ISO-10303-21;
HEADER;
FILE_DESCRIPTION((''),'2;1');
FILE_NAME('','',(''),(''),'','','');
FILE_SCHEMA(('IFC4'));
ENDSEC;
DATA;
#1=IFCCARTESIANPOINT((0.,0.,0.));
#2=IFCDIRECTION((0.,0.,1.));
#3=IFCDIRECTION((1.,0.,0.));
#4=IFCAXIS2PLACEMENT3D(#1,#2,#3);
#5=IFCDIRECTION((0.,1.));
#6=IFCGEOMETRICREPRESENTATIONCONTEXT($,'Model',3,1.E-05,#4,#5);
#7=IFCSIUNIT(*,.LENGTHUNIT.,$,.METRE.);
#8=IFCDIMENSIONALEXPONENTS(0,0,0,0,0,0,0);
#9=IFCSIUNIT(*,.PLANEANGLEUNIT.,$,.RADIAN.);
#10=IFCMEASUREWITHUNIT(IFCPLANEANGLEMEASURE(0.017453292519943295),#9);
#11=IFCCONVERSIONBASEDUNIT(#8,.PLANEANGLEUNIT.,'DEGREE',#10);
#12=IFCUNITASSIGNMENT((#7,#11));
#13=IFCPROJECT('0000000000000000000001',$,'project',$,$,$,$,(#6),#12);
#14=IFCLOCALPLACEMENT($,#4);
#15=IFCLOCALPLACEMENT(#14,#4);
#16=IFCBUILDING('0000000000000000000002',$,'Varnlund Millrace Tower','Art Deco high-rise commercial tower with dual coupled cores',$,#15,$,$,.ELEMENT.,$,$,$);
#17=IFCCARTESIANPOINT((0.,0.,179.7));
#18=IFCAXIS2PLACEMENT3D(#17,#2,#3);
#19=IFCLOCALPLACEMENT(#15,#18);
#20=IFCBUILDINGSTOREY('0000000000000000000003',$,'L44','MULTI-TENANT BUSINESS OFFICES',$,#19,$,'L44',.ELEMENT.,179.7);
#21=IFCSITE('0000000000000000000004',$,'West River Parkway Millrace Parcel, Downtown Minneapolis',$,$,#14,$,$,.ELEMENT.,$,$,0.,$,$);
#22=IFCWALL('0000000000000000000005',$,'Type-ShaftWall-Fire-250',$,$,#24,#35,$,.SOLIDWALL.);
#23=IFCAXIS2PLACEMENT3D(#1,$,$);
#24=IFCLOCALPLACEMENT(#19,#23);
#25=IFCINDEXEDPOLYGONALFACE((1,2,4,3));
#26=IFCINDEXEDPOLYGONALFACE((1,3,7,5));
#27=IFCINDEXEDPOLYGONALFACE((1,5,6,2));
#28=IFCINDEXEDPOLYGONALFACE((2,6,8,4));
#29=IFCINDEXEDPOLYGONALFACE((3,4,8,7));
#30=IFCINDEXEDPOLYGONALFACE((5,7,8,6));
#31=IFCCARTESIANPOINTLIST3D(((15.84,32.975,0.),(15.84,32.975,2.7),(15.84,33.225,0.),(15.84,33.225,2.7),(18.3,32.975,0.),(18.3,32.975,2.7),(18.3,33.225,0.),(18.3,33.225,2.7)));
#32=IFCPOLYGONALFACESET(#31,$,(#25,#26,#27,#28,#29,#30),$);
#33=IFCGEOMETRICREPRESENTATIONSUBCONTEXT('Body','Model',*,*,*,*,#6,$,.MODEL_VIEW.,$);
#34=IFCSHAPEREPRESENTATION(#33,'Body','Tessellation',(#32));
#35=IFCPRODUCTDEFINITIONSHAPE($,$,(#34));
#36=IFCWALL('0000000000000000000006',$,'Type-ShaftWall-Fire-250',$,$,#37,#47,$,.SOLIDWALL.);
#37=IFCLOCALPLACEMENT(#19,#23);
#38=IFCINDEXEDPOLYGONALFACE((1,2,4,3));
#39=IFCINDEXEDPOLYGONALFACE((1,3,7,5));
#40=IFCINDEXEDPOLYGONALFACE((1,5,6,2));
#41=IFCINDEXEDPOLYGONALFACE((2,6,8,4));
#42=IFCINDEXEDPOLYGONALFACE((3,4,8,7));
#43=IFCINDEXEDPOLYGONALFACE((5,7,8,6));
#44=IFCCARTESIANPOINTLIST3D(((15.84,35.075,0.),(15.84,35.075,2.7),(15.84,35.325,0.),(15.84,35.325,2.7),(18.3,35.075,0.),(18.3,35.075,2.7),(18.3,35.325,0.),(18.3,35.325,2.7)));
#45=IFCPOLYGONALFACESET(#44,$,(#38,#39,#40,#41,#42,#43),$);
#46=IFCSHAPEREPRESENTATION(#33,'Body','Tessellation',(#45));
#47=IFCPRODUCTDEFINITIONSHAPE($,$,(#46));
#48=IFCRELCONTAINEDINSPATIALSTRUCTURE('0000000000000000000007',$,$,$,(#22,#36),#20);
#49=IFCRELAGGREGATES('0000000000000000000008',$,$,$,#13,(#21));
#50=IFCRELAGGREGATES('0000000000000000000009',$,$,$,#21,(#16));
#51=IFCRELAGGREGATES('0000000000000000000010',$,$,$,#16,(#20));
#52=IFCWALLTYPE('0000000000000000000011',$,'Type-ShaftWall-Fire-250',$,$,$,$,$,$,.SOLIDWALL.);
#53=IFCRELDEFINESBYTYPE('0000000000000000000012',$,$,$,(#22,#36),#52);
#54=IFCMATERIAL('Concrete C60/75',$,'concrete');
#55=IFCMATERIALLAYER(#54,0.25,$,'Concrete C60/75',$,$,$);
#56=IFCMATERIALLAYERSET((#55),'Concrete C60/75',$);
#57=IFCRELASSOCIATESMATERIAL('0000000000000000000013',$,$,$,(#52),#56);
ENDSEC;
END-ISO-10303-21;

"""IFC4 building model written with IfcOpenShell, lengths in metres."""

from ifc_helpers import new_model, entity, si_unit, converted_unit, direction, frame, origin_with_axes, place, context, subcontext, project, spatial, polyline, outline, extrude, material, layer, layer_set, type_object, element, save


model = new_model("IFC4")

# Units and contexts
model_context = context("Model", 3, precision=1e-05, world=origin_with_axes(), true_north=direction((0.0, 1.0)))
body_context = subcontext(model_context, "Body", "Model", "MODEL_VIEW")
ifc_project = project(units=[si_unit("LENGTHUNIT", "METRE"), converted_unit("PLANEANGLEUNIT", "DEGREE", entity("IfcPlaneAngleMeasure", 0.017453292519943295), si_unit("PLANEANGLEUNIT", "RADIAN"), dimensions=[0, 0, 0, 0, 0, 0, 0])], contexts=[model_context])

# Site, building, storey
site_placement = place(None, origin_with_axes())
site = spatial("IfcSite", under=ifc_project, at=site_placement, Name="West River Parkway Millrace Parcel, Downtown Minneapolis", CompositionType="ELEMENT", RefElevation=0.0)
building_placement = place(site_placement, origin_with_axes())
building = spatial("IfcBuilding", under=site, at=building_placement, Name="Varnlund Millrace Tower", Description="Art Deco high-rise commercial tower with dual coupled cores", CompositionType="ELEMENT")
storey_placement = place(building_placement, frame((0.0, 0.0, 179.7), z_axis=(0.0, 0.0, 1.0), x_axis=(1.0, 0.0, 0.0)))
storey = spatial("IfcBuildingStorey", under=building, at=storey_placement, Name="L44", Description="MULTI-TENANT BUSINESS OFFICES", LongName="L44", CompositionType="ELEMENT", Elevation=179.7)

# Walls
ifc_material_1 = material(Name="Concrete C60/75", Category="concrete")
ifc_layer_1 = layer(ifc_material_1, 0.25, Name="Concrete C60/75")
ifc_layer_set_1 = layer_set([ifc_layer_1], Name="Concrete C60/75")
wall_type_1 = type_object("IfcWallType", Name="Type-ShaftWall-Fire-250", PredefinedType="SOLIDWALL", material=ifc_layer_set_1)
for number, where, z_axis, x_axis, name in (
    (1, (15.84, 33.1, 0.0), (0.0, 0.0, 1.0), (1.0, 0.0, 0.0), "Type-ShaftWall-Fire-250"),
    (2, (15.84, 35.2, 0.0), (0.0, 0.0, 1.0), (1.0, 0.0, 0.0), "Type-ShaftWall-Fire-250"),
):
    element("IfcWall", number, at=place(storey_placement, frame(where, z_axis=z_axis, x_axis=x_axis)), inside=storey, type_object=wall_type_1, Name=name, PredefinedType="SOLIDWALL", context=body_context, shape_type="SweptSolid", body=[
        extrude(outline(polyline([(0.0, -0.125), (2.46, -0.125), (2.46, 0.125), (0.0, 0.125), (0.0, -0.125)])), origin_with_axes(), (0.0, 0.0, 1.0), 2.7),
    ])

save(model, "model.ifc")
